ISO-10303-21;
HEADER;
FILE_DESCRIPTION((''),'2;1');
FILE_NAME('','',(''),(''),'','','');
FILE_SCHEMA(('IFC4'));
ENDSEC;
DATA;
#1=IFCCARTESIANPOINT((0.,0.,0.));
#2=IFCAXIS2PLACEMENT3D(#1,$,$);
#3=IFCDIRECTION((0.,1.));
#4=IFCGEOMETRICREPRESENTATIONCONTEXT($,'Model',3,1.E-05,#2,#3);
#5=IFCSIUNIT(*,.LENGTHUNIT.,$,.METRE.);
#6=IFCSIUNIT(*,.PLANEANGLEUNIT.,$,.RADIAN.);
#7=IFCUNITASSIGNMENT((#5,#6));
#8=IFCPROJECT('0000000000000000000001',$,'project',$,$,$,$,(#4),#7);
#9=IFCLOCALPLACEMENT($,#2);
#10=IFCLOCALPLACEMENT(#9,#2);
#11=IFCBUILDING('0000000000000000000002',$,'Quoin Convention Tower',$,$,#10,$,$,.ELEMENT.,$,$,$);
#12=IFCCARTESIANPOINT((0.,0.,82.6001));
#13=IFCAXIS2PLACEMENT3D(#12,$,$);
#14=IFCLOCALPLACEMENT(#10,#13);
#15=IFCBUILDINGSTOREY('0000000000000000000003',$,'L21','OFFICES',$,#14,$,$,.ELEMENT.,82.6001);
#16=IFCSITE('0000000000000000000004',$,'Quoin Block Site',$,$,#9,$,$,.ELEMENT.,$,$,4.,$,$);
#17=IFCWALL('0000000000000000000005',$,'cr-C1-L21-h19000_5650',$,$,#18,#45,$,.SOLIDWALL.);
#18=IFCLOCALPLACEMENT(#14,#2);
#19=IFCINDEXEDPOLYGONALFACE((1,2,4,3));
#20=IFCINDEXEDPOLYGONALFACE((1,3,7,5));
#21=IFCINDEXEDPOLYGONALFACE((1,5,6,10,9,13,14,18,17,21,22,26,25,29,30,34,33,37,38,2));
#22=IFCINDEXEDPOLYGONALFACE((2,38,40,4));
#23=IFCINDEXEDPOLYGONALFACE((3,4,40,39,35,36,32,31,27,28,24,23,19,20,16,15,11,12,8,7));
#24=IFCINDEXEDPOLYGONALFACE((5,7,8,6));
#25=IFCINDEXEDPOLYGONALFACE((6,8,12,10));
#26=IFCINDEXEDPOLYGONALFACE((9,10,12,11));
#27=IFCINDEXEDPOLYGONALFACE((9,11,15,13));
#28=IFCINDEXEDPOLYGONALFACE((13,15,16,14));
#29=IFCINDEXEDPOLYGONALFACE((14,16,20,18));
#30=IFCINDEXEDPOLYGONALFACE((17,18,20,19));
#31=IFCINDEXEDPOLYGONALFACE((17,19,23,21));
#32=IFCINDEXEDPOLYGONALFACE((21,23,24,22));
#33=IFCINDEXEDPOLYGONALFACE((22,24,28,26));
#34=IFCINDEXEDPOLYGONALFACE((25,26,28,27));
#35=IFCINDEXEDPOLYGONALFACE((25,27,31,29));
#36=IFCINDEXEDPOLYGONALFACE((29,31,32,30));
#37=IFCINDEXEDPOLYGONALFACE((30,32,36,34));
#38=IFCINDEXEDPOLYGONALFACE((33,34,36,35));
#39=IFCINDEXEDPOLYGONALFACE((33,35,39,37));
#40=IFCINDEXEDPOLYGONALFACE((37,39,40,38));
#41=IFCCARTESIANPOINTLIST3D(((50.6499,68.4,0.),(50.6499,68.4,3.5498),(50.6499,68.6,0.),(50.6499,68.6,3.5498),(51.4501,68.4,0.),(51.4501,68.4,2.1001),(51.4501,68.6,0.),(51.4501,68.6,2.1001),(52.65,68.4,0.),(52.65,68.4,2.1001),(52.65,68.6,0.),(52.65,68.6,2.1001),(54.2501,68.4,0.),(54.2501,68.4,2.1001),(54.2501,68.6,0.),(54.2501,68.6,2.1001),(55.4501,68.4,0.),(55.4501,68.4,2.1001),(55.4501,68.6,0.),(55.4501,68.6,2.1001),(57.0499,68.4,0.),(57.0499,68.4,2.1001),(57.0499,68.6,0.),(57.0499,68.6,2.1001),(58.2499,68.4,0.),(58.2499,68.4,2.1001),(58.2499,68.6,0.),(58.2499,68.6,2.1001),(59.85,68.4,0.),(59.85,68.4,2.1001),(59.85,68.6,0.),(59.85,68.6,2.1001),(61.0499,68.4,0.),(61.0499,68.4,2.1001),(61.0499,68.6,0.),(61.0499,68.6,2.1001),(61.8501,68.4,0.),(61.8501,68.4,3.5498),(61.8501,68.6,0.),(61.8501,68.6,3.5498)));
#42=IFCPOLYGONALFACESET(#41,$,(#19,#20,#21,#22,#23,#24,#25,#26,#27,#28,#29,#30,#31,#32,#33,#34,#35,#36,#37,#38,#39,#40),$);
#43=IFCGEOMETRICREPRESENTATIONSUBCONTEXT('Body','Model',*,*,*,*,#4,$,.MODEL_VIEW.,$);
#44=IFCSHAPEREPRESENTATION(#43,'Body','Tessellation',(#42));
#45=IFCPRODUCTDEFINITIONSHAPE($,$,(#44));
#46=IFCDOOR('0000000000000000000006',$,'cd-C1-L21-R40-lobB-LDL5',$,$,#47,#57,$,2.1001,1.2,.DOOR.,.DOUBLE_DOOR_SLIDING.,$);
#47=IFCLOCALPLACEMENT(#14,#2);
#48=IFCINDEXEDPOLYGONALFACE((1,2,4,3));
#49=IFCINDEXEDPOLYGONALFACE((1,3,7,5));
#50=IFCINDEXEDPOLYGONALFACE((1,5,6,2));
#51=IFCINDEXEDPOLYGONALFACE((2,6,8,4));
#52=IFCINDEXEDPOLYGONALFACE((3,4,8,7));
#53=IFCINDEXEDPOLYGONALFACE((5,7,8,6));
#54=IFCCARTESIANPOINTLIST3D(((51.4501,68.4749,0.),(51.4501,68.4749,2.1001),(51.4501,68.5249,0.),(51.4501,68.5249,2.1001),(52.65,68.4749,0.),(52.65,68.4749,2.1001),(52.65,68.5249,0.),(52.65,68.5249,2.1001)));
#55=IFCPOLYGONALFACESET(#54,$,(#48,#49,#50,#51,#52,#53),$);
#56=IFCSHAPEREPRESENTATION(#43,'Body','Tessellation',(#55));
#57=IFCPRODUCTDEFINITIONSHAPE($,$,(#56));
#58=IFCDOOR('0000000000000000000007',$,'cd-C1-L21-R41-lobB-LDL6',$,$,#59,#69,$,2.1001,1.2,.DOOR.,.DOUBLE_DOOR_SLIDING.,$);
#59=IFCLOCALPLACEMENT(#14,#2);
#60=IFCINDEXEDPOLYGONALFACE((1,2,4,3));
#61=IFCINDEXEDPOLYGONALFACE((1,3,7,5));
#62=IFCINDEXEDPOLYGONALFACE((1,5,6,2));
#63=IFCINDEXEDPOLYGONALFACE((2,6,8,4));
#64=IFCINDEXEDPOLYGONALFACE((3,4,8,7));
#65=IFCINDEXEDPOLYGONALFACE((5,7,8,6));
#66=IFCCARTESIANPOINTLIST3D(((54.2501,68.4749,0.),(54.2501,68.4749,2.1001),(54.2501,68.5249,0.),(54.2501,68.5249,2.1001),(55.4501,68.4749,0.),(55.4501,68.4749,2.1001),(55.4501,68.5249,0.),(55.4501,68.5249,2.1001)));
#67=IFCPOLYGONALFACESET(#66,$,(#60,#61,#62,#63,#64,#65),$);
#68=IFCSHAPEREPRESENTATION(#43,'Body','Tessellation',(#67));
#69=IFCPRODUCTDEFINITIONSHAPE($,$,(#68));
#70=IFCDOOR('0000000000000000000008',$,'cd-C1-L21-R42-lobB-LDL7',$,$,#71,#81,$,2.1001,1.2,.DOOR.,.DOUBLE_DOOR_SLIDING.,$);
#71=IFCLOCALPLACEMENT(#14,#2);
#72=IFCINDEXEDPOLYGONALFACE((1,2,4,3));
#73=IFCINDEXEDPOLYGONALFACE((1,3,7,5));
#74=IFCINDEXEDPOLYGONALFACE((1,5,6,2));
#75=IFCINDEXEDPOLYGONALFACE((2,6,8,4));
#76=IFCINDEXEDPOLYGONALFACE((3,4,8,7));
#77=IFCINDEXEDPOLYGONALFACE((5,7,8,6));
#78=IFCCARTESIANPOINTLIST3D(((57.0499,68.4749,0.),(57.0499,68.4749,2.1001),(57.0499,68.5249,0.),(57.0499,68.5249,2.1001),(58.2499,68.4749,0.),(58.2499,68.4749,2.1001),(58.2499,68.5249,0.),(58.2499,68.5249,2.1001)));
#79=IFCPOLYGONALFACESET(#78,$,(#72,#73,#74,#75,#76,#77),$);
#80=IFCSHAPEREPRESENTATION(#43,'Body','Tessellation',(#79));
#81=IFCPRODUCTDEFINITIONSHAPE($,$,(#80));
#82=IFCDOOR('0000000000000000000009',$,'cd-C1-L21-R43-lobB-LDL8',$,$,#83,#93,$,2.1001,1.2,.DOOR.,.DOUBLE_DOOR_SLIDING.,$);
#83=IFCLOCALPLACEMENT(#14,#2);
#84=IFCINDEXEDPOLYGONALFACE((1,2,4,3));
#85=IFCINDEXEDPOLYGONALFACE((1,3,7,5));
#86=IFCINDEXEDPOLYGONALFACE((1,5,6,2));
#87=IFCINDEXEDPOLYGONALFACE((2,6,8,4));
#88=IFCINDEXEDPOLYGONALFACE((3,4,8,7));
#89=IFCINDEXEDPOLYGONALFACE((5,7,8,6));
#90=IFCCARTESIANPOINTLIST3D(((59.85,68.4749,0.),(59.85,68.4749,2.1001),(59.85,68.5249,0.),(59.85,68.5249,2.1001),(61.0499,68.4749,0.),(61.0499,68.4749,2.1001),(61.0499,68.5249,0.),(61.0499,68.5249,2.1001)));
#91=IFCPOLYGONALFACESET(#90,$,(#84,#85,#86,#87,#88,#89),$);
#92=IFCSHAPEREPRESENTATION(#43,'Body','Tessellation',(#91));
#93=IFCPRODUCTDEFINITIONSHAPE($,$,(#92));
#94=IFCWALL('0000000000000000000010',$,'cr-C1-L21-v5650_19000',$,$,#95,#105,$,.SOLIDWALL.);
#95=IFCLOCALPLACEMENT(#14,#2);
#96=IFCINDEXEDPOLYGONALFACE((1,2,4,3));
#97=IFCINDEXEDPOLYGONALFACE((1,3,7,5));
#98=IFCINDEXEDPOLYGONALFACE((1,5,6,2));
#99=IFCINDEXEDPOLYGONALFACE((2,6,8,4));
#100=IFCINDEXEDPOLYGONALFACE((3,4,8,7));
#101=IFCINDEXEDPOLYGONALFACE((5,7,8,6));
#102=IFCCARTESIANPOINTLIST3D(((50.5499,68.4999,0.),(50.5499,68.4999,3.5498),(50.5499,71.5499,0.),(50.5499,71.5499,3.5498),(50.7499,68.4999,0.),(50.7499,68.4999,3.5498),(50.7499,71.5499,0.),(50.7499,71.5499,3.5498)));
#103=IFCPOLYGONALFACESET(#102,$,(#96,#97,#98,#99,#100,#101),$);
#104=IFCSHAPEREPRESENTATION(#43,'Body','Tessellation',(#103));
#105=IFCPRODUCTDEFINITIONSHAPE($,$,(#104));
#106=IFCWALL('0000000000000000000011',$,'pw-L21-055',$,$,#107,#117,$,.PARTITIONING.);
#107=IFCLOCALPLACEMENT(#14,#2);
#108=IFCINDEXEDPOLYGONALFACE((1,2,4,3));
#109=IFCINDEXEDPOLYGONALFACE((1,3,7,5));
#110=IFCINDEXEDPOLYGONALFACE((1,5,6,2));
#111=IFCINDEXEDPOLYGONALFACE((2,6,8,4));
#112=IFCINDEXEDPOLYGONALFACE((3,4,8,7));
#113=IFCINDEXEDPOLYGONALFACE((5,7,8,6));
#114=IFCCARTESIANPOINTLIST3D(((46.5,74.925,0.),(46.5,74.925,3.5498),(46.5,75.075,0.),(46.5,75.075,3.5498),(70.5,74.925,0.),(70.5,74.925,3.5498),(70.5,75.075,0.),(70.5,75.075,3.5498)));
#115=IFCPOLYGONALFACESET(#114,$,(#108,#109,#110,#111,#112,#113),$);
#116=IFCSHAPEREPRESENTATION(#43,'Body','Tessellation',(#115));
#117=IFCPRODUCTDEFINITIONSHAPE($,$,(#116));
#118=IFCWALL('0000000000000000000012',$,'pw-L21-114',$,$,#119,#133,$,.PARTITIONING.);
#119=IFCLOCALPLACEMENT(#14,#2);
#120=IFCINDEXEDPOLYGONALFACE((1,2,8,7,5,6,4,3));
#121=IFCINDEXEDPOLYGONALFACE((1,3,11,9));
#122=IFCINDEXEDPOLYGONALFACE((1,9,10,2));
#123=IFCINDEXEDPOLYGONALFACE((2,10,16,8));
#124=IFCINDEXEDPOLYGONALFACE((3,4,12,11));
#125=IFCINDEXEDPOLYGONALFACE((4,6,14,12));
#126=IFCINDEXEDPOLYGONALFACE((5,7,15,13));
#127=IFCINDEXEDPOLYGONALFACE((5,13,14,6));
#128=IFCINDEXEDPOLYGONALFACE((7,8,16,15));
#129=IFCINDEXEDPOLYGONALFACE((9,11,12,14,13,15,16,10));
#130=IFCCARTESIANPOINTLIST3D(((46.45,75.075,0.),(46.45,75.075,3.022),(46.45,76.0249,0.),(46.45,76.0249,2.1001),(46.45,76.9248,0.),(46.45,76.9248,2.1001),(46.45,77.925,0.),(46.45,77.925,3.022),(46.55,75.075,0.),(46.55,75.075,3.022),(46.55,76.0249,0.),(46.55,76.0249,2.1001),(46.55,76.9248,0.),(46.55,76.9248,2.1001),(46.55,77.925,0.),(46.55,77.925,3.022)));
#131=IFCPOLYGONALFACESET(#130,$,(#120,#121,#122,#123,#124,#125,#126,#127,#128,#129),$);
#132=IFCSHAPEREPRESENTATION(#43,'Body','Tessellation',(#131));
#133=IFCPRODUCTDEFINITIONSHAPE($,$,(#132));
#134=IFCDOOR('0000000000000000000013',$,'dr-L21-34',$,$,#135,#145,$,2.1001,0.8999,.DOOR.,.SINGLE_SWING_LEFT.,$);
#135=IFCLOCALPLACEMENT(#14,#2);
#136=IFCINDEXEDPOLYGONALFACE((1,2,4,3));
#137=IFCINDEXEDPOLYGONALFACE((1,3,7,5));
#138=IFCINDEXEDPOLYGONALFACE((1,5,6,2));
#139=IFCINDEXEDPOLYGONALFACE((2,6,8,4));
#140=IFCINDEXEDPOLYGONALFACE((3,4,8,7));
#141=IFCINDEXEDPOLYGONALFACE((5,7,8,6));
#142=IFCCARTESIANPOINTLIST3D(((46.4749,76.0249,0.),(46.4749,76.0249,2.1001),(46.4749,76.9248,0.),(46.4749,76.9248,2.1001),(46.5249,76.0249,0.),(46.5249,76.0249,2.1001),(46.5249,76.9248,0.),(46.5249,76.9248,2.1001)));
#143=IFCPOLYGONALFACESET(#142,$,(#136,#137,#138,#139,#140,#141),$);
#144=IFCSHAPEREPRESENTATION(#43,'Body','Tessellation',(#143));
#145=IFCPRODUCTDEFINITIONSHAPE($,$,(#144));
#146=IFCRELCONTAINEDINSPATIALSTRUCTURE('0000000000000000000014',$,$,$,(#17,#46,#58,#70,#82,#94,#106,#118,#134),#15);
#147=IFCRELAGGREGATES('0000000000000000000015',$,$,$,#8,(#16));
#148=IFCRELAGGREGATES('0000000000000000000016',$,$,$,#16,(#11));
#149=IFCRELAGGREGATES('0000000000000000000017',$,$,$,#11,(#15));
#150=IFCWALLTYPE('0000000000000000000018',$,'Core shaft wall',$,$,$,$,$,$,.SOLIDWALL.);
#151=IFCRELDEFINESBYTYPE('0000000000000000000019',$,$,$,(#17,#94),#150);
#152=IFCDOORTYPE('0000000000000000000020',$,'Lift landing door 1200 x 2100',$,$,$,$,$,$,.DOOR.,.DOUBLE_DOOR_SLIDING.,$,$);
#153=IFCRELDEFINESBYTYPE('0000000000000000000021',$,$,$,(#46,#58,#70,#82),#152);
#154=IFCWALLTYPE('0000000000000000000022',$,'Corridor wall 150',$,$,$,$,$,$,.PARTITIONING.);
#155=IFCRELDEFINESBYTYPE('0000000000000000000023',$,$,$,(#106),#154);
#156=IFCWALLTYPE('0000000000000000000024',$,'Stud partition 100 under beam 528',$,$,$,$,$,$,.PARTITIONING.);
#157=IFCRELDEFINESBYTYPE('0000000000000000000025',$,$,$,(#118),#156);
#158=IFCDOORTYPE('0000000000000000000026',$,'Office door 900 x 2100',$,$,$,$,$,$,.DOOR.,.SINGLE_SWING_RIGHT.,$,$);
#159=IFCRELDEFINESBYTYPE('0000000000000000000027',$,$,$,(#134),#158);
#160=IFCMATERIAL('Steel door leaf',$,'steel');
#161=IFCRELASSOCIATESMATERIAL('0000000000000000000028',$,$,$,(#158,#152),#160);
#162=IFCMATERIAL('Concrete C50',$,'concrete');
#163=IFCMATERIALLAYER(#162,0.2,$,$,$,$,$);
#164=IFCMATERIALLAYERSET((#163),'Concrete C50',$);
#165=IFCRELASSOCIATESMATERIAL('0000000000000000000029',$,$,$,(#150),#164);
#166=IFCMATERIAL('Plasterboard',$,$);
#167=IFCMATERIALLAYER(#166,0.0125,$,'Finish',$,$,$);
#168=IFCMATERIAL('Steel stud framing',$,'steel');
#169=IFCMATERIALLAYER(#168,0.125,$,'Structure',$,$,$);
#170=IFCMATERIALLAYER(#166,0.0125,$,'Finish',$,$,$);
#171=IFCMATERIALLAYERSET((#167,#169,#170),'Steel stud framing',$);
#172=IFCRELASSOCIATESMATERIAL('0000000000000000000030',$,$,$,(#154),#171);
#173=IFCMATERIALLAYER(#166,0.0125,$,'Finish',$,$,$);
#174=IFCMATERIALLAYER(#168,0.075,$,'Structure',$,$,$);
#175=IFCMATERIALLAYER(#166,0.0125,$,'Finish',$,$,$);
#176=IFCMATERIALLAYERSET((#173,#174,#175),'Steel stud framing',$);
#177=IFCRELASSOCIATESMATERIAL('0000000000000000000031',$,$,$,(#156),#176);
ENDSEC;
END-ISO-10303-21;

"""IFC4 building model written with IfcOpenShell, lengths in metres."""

from ifc_helpers import new_model, si_unit, direction, frame, frame_2d, origin, place, context, subcontext, project, spatial, rectangle, extrude, material, layer, layer_set, type_object, element, fill, save


model = new_model("IFC4")

# Units and contexts
model_context = context("Model", 3, precision=1e-05, world=origin(), true_north=direction((0.0, 1.0)))
body_context = subcontext(model_context, "Body", "Model", "MODEL_VIEW")
ifc_project = project(units=[si_unit("LENGTHUNIT", "METRE"), si_unit("PLANEANGLEUNIT", "RADIAN")], contexts=[model_context])

# Site, building, storey
site_placement = place(None, origin())
site = spatial("IfcSite", under=ifc_project, at=site_placement, Name="Quoin Block Site", CompositionType="ELEMENT", RefElevation=4.0)
building_placement = place(site_placement, origin())
building = spatial("IfcBuilding", under=site, at=building_placement, Name="Quoin Convention Tower", CompositionType="ELEMENT")
storey_placement = place(building_placement, frame((0.0, 0.0, 82.6001)))
storey = spatial("IfcBuildingStorey", under=building, at=storey_placement, Name="L21", Description="OFFICES", CompositionType="ELEMENT", Elevation=82.6001)

# Shared definitions
ifc_material_1 = material(Name="Plasterboard")
ifc_material_2 = material(Name="Steel stud framing", Category="steel")
ifc_material_3 = material(Name="Steel door leaf", Category="steel")
door_type_1 = type_object("IfcDoorType", Name="Office door 900 x 2100", OperationType="SINGLE_SWING_RIGHT", PredefinedType="DOOR", material=ifc_material_3)

# Wall, openings, doors
ifc_material_4 = material(Name="Concrete C50", Category="concrete")
ifc_layer_1 = layer(ifc_material_4, 0.2)
ifc_layer_set_1 = layer_set([ifc_layer_1], Name="Concrete C50")
wall_type_1 = type_object("IfcWallType", Name="Core shaft wall", PredefinedType="SOLIDWALL", material=ifc_layer_set_1)
wall_1_placement = place(storey_placement, frame((50.6499, 68.5, 0.0), z_axis=(0.0, 0.0, 1.0), x_axis=(1.0, 0.0, 0.0)))
wall_1 = element("IfcWall", 1, at=wall_1_placement, inside=storey, type_object=wall_type_1, Name="cr-C1-L21-h19000_5650", PredefinedType="SOLIDWALL", context=body_context, shape_type="SweptSolid", body=[
    extrude(rectangle(XDim=11.2002, YDim=0.2, at=frame_2d((5.6001, 0.0))), origin(), (0.0, 0.0, 1.0), 3.5498),
])
opening_1_placement = place(wall_1_placement, frame((0.8, 0.0, 0.0)))
opening_1 = element("IfcOpeningElement", 2, at=opening_1_placement, cuts=wall_1, PredefinedType="OPENING", context=body_context, shape_type="SweptSolid", body=[
    extrude(rectangle(XDim=1.2, YDim=2.1001, at=frame_2d((0.6001, 1.05))), frame((0.0, 0.1099, 0.0), z_axis=(0.0, -1.0, 0.0), x_axis=(1.0, 0.0, 0.0)), (0.0, 0.0, 1.0), 0.22),
])
opening_2_placement = place(wall_1_placement, frame((3.6001, 0.0, 0.0)))
opening_2 = element("IfcOpeningElement", 3, at=opening_2_placement, cuts=wall_1, PredefinedType="OPENING", context=body_context, shape_type="SweptSolid", body=[
    extrude(rectangle(XDim=1.2, YDim=2.1001, at=frame_2d((0.6001, 1.05))), frame((0.0, 0.1099, 0.0), z_axis=(0.0, -1.0, 0.0), x_axis=(1.0, 0.0, 0.0)), (0.0, 0.0, 1.0), 0.22),
])
opening_3_placement = place(wall_1_placement, frame((6.3999, 0.0, 0.0)))
opening_3 = element("IfcOpeningElement", 4, at=opening_3_placement, cuts=wall_1, PredefinedType="OPENING", context=body_context, shape_type="SweptSolid", body=[
    extrude(rectangle(XDim=1.2, YDim=2.1001, at=frame_2d((0.6001, 1.05))), frame((0.0, 0.1099, 0.0), z_axis=(0.0, -1.0, 0.0), x_axis=(1.0, 0.0, 0.0)), (0.0, 0.0, 1.0), 0.22),
])
opening_4_placement = place(wall_1_placement, frame((9.2, 0.0, 0.0)))
opening_4 = element("IfcOpeningElement", 5, at=opening_4_placement, cuts=wall_1, PredefinedType="OPENING", context=body_context, shape_type="SweptSolid", body=[
    extrude(rectangle(XDim=1.2, YDim=2.1001, at=frame_2d((0.6001, 1.05))), frame((0.0, 0.1099, 0.0), z_axis=(0.0, -1.0, 0.0), x_axis=(1.0, 0.0, 0.0)), (0.0, 0.0, 1.0), 0.22),
])
door_type_2 = type_object("IfcDoorType", Name="Lift landing door 1200 x 2100", OperationType="DOUBLE_DOOR_SLIDING", PredefinedType="DOOR", material=ifc_material_3)
door_1_placement = place(opening_1_placement, origin())
door_1 = element("IfcDoor", 6, at=door_1_placement, inside=storey, type_object=door_type_2, Name="cd-C1-L21-R40-lobB-LDL5", OperationType="DOUBLE_DOOR_SLIDING", OverallHeight=2.1001, OverallWidth=1.2, PredefinedType="DOOR", context=body_context, shape_type="SweptSolid", body=[
    extrude(rectangle(XDim=1.2, YDim=2.1001, at=frame_2d((0.6001, 1.05))), frame((0.0, 0.0249, 0.0), z_axis=(0.0, -1.0, 0.0), x_axis=(1.0, 0.0, 0.0)), (0.0, 0.0, 1.0), 0.05),
])
fill(opening_1, door_1)
door_2_placement = place(opening_2_placement, origin())
door_2 = element("IfcDoor", 7, at=door_2_placement, inside=storey, type_object=door_type_2, Name="cd-C1-L21-R41-lobB-LDL6", OperationType="DOUBLE_DOOR_SLIDING", OverallHeight=2.1001, OverallWidth=1.2, PredefinedType="DOOR", context=body_context, shape_type="SweptSolid", body=[
    extrude(rectangle(XDim=1.2, YDim=2.1001, at=frame_2d((0.6001, 1.05))), frame((0.0, 0.0249, 0.0), z_axis=(0.0, -1.0, 0.0), x_axis=(1.0, 0.0, 0.0)), (0.0, 0.0, 1.0), 0.05),
])
fill(opening_2, door_2)
door_3_placement = place(opening_3_placement, origin())
door_3 = element("IfcDoor", 8, at=door_3_placement, inside=storey, type_object=door_type_2, Name="cd-C1-L21-R42-lobB-LDL7", OperationType="DOUBLE_DOOR_SLIDING", OverallHeight=2.1001, OverallWidth=1.2, PredefinedType="DOOR", context=body_context, shape_type="SweptSolid", body=[
    extrude(rectangle(XDim=1.2, YDim=2.1001, at=frame_2d((0.6001, 1.05))), frame((0.0, 0.0249, 0.0), z_axis=(0.0, -1.0, 0.0), x_axis=(1.0, 0.0, 0.0)), (0.0, 0.0, 1.0), 0.05),
])
fill(opening_3, door_3)
door_4_placement = place(opening_4_placement, origin())
door_4 = element("IfcDoor", 9, at=door_4_placement, inside=storey, type_object=door_type_2, Name="cd-C1-L21-R43-lobB-LDL8", OperationType="DOUBLE_DOOR_SLIDING", OverallHeight=2.1001, OverallWidth=1.2, PredefinedType="DOOR", context=body_context, shape_type="SweptSolid", body=[
    extrude(rectangle(XDim=1.2, YDim=2.1001, at=frame_2d((0.6001, 1.05))), frame((0.0, 0.0249, 0.0), z_axis=(0.0, -1.0, 0.0), x_axis=(1.0, 0.0, 0.0)), (0.0, 0.0, 1.0), 0.05),
])
fill(opening_4, door_4)

# Walls
wall_2_placement = place(storey_placement, frame((50.6499, 68.5, 0.0), z_axis=(0.0, 0.0, 1.0), x_axis=(0.0, 1.0, 0.0)))
element("IfcWall", 10, at=wall_2_placement, inside=storey, type_object=wall_type_1, Name="cr-C1-L21-v5650_19000", PredefinedType="SOLIDWALL", context=body_context, shape_type="SweptSolid", body=[
    extrude(rectangle(XDim=3.05, YDim=0.2, at=frame_2d((1.5249, 0.0))), origin(), (0.0, 0.0, 1.0), 3.5498),
])
ifc_layer_2 = layer(ifc_material_1, 0.0125, Name="Finish")
ifc_layer_3 = layer(ifc_material_2, 0.125, Name="Structure")
ifc_layer_4 = layer(ifc_material_1, 0.0125, Name="Finish")
ifc_layer_set_2 = layer_set([ifc_layer_2, ifc_layer_3, ifc_layer_4], Name="Steel stud framing")
wall_type_2 = type_object("IfcWallType", Name="Corridor wall 150", PredefinedType="PARTITIONING", material=ifc_layer_set_2)
wall_3_placement = place(storey_placement, frame((46.5, 75.0, 0.0), z_axis=(0.0, 0.0, 1.0), x_axis=(1.0, 0.0, 0.0)))
element("IfcWall", 11, at=wall_3_placement, inside=storey, type_object=wall_type_2, Name="pw-L21-055", PredefinedType="PARTITIONING", context=body_context, shape_type="SweptSolid", body=[
    extrude(rectangle(XDim=24.0, YDim=0.1499, at=frame_2d((12.0, 0.0))), origin(), (0.0, 0.0, 1.0), 3.5498),
])

# Wall, opening, door
ifc_layer_5 = layer(ifc_material_1, 0.0125, Name="Finish")
ifc_layer_6 = layer(ifc_material_2, 0.075, Name="Structure")
ifc_layer_7 = layer(ifc_material_1, 0.0125, Name="Finish")
ifc_layer_set_3 = layer_set([ifc_layer_5, ifc_layer_6, ifc_layer_7], Name="Steel stud framing")
wall_type_3 = type_object("IfcWallType", Name="Stud partition 100 under beam 528", PredefinedType="PARTITIONING", material=ifc_layer_set_3)
wall_4_placement = place(storey_placement, frame((46.5, 75.075, 0.0), z_axis=(0.0, 0.0, 1.0), x_axis=(0.0, 1.0, 0.0)))
wall_4 = element("IfcWall", 12, at=wall_4_placement, inside=storey, type_object=wall_type_3, Name="pw-L21-114", PredefinedType="PARTITIONING", context=body_context, shape_type="SweptSolid", body=[
    extrude(rectangle(XDim=2.8501, YDim=0.1001, at=frame_2d((1.425, 0.0))), origin(), (0.0, 0.0, 1.0), 3.022),
])
opening_5_placement = place(wall_4_placement, frame((0.95, 0.0, 0.0)))
opening_5 = element("IfcOpeningElement", 13, at=opening_5_placement, cuts=wall_4, PredefinedType="OPENING", context=body_context, shape_type="SweptSolid", body=[
    extrude(rectangle(XDim=0.8999, YDim=2.1001, at=frame_2d((0.45, 1.05))), frame((0.0, 0.0601, 0.0), z_axis=(0.0, -1.0, 0.0), x_axis=(1.0, 0.0, 0.0)), (0.0, 0.0, 1.0), 0.1201),
])
door_5_placement = place(opening_5_placement, frame((0.8999, 0.0, 0.0), z_axis=(0.0, 0.0, 1.0), x_axis=(-1.0, 0.0, 0.0)))
door_5 = element("IfcDoor", 14, at=door_5_placement, inside=storey, type_object=door_type_1, Name="dr-L21-34", OperationType="SINGLE_SWING_LEFT", OverallHeight=2.1001, OverallWidth=0.8999, PredefinedType="DOOR", context=body_context, shape_type="SweptSolid", body=[
    extrude(rectangle(XDim=0.8999, YDim=2.1001, at=frame_2d((0.45, 1.05))), frame((0.0, 0.0249, 0.0), z_axis=(0.0, -1.0, 0.0), x_axis=(1.0, 0.0, 0.0)), (0.0, 0.0, 1.0), 0.05),
])
fill(opening_5, door_5)

save(model, "model.ifc")
